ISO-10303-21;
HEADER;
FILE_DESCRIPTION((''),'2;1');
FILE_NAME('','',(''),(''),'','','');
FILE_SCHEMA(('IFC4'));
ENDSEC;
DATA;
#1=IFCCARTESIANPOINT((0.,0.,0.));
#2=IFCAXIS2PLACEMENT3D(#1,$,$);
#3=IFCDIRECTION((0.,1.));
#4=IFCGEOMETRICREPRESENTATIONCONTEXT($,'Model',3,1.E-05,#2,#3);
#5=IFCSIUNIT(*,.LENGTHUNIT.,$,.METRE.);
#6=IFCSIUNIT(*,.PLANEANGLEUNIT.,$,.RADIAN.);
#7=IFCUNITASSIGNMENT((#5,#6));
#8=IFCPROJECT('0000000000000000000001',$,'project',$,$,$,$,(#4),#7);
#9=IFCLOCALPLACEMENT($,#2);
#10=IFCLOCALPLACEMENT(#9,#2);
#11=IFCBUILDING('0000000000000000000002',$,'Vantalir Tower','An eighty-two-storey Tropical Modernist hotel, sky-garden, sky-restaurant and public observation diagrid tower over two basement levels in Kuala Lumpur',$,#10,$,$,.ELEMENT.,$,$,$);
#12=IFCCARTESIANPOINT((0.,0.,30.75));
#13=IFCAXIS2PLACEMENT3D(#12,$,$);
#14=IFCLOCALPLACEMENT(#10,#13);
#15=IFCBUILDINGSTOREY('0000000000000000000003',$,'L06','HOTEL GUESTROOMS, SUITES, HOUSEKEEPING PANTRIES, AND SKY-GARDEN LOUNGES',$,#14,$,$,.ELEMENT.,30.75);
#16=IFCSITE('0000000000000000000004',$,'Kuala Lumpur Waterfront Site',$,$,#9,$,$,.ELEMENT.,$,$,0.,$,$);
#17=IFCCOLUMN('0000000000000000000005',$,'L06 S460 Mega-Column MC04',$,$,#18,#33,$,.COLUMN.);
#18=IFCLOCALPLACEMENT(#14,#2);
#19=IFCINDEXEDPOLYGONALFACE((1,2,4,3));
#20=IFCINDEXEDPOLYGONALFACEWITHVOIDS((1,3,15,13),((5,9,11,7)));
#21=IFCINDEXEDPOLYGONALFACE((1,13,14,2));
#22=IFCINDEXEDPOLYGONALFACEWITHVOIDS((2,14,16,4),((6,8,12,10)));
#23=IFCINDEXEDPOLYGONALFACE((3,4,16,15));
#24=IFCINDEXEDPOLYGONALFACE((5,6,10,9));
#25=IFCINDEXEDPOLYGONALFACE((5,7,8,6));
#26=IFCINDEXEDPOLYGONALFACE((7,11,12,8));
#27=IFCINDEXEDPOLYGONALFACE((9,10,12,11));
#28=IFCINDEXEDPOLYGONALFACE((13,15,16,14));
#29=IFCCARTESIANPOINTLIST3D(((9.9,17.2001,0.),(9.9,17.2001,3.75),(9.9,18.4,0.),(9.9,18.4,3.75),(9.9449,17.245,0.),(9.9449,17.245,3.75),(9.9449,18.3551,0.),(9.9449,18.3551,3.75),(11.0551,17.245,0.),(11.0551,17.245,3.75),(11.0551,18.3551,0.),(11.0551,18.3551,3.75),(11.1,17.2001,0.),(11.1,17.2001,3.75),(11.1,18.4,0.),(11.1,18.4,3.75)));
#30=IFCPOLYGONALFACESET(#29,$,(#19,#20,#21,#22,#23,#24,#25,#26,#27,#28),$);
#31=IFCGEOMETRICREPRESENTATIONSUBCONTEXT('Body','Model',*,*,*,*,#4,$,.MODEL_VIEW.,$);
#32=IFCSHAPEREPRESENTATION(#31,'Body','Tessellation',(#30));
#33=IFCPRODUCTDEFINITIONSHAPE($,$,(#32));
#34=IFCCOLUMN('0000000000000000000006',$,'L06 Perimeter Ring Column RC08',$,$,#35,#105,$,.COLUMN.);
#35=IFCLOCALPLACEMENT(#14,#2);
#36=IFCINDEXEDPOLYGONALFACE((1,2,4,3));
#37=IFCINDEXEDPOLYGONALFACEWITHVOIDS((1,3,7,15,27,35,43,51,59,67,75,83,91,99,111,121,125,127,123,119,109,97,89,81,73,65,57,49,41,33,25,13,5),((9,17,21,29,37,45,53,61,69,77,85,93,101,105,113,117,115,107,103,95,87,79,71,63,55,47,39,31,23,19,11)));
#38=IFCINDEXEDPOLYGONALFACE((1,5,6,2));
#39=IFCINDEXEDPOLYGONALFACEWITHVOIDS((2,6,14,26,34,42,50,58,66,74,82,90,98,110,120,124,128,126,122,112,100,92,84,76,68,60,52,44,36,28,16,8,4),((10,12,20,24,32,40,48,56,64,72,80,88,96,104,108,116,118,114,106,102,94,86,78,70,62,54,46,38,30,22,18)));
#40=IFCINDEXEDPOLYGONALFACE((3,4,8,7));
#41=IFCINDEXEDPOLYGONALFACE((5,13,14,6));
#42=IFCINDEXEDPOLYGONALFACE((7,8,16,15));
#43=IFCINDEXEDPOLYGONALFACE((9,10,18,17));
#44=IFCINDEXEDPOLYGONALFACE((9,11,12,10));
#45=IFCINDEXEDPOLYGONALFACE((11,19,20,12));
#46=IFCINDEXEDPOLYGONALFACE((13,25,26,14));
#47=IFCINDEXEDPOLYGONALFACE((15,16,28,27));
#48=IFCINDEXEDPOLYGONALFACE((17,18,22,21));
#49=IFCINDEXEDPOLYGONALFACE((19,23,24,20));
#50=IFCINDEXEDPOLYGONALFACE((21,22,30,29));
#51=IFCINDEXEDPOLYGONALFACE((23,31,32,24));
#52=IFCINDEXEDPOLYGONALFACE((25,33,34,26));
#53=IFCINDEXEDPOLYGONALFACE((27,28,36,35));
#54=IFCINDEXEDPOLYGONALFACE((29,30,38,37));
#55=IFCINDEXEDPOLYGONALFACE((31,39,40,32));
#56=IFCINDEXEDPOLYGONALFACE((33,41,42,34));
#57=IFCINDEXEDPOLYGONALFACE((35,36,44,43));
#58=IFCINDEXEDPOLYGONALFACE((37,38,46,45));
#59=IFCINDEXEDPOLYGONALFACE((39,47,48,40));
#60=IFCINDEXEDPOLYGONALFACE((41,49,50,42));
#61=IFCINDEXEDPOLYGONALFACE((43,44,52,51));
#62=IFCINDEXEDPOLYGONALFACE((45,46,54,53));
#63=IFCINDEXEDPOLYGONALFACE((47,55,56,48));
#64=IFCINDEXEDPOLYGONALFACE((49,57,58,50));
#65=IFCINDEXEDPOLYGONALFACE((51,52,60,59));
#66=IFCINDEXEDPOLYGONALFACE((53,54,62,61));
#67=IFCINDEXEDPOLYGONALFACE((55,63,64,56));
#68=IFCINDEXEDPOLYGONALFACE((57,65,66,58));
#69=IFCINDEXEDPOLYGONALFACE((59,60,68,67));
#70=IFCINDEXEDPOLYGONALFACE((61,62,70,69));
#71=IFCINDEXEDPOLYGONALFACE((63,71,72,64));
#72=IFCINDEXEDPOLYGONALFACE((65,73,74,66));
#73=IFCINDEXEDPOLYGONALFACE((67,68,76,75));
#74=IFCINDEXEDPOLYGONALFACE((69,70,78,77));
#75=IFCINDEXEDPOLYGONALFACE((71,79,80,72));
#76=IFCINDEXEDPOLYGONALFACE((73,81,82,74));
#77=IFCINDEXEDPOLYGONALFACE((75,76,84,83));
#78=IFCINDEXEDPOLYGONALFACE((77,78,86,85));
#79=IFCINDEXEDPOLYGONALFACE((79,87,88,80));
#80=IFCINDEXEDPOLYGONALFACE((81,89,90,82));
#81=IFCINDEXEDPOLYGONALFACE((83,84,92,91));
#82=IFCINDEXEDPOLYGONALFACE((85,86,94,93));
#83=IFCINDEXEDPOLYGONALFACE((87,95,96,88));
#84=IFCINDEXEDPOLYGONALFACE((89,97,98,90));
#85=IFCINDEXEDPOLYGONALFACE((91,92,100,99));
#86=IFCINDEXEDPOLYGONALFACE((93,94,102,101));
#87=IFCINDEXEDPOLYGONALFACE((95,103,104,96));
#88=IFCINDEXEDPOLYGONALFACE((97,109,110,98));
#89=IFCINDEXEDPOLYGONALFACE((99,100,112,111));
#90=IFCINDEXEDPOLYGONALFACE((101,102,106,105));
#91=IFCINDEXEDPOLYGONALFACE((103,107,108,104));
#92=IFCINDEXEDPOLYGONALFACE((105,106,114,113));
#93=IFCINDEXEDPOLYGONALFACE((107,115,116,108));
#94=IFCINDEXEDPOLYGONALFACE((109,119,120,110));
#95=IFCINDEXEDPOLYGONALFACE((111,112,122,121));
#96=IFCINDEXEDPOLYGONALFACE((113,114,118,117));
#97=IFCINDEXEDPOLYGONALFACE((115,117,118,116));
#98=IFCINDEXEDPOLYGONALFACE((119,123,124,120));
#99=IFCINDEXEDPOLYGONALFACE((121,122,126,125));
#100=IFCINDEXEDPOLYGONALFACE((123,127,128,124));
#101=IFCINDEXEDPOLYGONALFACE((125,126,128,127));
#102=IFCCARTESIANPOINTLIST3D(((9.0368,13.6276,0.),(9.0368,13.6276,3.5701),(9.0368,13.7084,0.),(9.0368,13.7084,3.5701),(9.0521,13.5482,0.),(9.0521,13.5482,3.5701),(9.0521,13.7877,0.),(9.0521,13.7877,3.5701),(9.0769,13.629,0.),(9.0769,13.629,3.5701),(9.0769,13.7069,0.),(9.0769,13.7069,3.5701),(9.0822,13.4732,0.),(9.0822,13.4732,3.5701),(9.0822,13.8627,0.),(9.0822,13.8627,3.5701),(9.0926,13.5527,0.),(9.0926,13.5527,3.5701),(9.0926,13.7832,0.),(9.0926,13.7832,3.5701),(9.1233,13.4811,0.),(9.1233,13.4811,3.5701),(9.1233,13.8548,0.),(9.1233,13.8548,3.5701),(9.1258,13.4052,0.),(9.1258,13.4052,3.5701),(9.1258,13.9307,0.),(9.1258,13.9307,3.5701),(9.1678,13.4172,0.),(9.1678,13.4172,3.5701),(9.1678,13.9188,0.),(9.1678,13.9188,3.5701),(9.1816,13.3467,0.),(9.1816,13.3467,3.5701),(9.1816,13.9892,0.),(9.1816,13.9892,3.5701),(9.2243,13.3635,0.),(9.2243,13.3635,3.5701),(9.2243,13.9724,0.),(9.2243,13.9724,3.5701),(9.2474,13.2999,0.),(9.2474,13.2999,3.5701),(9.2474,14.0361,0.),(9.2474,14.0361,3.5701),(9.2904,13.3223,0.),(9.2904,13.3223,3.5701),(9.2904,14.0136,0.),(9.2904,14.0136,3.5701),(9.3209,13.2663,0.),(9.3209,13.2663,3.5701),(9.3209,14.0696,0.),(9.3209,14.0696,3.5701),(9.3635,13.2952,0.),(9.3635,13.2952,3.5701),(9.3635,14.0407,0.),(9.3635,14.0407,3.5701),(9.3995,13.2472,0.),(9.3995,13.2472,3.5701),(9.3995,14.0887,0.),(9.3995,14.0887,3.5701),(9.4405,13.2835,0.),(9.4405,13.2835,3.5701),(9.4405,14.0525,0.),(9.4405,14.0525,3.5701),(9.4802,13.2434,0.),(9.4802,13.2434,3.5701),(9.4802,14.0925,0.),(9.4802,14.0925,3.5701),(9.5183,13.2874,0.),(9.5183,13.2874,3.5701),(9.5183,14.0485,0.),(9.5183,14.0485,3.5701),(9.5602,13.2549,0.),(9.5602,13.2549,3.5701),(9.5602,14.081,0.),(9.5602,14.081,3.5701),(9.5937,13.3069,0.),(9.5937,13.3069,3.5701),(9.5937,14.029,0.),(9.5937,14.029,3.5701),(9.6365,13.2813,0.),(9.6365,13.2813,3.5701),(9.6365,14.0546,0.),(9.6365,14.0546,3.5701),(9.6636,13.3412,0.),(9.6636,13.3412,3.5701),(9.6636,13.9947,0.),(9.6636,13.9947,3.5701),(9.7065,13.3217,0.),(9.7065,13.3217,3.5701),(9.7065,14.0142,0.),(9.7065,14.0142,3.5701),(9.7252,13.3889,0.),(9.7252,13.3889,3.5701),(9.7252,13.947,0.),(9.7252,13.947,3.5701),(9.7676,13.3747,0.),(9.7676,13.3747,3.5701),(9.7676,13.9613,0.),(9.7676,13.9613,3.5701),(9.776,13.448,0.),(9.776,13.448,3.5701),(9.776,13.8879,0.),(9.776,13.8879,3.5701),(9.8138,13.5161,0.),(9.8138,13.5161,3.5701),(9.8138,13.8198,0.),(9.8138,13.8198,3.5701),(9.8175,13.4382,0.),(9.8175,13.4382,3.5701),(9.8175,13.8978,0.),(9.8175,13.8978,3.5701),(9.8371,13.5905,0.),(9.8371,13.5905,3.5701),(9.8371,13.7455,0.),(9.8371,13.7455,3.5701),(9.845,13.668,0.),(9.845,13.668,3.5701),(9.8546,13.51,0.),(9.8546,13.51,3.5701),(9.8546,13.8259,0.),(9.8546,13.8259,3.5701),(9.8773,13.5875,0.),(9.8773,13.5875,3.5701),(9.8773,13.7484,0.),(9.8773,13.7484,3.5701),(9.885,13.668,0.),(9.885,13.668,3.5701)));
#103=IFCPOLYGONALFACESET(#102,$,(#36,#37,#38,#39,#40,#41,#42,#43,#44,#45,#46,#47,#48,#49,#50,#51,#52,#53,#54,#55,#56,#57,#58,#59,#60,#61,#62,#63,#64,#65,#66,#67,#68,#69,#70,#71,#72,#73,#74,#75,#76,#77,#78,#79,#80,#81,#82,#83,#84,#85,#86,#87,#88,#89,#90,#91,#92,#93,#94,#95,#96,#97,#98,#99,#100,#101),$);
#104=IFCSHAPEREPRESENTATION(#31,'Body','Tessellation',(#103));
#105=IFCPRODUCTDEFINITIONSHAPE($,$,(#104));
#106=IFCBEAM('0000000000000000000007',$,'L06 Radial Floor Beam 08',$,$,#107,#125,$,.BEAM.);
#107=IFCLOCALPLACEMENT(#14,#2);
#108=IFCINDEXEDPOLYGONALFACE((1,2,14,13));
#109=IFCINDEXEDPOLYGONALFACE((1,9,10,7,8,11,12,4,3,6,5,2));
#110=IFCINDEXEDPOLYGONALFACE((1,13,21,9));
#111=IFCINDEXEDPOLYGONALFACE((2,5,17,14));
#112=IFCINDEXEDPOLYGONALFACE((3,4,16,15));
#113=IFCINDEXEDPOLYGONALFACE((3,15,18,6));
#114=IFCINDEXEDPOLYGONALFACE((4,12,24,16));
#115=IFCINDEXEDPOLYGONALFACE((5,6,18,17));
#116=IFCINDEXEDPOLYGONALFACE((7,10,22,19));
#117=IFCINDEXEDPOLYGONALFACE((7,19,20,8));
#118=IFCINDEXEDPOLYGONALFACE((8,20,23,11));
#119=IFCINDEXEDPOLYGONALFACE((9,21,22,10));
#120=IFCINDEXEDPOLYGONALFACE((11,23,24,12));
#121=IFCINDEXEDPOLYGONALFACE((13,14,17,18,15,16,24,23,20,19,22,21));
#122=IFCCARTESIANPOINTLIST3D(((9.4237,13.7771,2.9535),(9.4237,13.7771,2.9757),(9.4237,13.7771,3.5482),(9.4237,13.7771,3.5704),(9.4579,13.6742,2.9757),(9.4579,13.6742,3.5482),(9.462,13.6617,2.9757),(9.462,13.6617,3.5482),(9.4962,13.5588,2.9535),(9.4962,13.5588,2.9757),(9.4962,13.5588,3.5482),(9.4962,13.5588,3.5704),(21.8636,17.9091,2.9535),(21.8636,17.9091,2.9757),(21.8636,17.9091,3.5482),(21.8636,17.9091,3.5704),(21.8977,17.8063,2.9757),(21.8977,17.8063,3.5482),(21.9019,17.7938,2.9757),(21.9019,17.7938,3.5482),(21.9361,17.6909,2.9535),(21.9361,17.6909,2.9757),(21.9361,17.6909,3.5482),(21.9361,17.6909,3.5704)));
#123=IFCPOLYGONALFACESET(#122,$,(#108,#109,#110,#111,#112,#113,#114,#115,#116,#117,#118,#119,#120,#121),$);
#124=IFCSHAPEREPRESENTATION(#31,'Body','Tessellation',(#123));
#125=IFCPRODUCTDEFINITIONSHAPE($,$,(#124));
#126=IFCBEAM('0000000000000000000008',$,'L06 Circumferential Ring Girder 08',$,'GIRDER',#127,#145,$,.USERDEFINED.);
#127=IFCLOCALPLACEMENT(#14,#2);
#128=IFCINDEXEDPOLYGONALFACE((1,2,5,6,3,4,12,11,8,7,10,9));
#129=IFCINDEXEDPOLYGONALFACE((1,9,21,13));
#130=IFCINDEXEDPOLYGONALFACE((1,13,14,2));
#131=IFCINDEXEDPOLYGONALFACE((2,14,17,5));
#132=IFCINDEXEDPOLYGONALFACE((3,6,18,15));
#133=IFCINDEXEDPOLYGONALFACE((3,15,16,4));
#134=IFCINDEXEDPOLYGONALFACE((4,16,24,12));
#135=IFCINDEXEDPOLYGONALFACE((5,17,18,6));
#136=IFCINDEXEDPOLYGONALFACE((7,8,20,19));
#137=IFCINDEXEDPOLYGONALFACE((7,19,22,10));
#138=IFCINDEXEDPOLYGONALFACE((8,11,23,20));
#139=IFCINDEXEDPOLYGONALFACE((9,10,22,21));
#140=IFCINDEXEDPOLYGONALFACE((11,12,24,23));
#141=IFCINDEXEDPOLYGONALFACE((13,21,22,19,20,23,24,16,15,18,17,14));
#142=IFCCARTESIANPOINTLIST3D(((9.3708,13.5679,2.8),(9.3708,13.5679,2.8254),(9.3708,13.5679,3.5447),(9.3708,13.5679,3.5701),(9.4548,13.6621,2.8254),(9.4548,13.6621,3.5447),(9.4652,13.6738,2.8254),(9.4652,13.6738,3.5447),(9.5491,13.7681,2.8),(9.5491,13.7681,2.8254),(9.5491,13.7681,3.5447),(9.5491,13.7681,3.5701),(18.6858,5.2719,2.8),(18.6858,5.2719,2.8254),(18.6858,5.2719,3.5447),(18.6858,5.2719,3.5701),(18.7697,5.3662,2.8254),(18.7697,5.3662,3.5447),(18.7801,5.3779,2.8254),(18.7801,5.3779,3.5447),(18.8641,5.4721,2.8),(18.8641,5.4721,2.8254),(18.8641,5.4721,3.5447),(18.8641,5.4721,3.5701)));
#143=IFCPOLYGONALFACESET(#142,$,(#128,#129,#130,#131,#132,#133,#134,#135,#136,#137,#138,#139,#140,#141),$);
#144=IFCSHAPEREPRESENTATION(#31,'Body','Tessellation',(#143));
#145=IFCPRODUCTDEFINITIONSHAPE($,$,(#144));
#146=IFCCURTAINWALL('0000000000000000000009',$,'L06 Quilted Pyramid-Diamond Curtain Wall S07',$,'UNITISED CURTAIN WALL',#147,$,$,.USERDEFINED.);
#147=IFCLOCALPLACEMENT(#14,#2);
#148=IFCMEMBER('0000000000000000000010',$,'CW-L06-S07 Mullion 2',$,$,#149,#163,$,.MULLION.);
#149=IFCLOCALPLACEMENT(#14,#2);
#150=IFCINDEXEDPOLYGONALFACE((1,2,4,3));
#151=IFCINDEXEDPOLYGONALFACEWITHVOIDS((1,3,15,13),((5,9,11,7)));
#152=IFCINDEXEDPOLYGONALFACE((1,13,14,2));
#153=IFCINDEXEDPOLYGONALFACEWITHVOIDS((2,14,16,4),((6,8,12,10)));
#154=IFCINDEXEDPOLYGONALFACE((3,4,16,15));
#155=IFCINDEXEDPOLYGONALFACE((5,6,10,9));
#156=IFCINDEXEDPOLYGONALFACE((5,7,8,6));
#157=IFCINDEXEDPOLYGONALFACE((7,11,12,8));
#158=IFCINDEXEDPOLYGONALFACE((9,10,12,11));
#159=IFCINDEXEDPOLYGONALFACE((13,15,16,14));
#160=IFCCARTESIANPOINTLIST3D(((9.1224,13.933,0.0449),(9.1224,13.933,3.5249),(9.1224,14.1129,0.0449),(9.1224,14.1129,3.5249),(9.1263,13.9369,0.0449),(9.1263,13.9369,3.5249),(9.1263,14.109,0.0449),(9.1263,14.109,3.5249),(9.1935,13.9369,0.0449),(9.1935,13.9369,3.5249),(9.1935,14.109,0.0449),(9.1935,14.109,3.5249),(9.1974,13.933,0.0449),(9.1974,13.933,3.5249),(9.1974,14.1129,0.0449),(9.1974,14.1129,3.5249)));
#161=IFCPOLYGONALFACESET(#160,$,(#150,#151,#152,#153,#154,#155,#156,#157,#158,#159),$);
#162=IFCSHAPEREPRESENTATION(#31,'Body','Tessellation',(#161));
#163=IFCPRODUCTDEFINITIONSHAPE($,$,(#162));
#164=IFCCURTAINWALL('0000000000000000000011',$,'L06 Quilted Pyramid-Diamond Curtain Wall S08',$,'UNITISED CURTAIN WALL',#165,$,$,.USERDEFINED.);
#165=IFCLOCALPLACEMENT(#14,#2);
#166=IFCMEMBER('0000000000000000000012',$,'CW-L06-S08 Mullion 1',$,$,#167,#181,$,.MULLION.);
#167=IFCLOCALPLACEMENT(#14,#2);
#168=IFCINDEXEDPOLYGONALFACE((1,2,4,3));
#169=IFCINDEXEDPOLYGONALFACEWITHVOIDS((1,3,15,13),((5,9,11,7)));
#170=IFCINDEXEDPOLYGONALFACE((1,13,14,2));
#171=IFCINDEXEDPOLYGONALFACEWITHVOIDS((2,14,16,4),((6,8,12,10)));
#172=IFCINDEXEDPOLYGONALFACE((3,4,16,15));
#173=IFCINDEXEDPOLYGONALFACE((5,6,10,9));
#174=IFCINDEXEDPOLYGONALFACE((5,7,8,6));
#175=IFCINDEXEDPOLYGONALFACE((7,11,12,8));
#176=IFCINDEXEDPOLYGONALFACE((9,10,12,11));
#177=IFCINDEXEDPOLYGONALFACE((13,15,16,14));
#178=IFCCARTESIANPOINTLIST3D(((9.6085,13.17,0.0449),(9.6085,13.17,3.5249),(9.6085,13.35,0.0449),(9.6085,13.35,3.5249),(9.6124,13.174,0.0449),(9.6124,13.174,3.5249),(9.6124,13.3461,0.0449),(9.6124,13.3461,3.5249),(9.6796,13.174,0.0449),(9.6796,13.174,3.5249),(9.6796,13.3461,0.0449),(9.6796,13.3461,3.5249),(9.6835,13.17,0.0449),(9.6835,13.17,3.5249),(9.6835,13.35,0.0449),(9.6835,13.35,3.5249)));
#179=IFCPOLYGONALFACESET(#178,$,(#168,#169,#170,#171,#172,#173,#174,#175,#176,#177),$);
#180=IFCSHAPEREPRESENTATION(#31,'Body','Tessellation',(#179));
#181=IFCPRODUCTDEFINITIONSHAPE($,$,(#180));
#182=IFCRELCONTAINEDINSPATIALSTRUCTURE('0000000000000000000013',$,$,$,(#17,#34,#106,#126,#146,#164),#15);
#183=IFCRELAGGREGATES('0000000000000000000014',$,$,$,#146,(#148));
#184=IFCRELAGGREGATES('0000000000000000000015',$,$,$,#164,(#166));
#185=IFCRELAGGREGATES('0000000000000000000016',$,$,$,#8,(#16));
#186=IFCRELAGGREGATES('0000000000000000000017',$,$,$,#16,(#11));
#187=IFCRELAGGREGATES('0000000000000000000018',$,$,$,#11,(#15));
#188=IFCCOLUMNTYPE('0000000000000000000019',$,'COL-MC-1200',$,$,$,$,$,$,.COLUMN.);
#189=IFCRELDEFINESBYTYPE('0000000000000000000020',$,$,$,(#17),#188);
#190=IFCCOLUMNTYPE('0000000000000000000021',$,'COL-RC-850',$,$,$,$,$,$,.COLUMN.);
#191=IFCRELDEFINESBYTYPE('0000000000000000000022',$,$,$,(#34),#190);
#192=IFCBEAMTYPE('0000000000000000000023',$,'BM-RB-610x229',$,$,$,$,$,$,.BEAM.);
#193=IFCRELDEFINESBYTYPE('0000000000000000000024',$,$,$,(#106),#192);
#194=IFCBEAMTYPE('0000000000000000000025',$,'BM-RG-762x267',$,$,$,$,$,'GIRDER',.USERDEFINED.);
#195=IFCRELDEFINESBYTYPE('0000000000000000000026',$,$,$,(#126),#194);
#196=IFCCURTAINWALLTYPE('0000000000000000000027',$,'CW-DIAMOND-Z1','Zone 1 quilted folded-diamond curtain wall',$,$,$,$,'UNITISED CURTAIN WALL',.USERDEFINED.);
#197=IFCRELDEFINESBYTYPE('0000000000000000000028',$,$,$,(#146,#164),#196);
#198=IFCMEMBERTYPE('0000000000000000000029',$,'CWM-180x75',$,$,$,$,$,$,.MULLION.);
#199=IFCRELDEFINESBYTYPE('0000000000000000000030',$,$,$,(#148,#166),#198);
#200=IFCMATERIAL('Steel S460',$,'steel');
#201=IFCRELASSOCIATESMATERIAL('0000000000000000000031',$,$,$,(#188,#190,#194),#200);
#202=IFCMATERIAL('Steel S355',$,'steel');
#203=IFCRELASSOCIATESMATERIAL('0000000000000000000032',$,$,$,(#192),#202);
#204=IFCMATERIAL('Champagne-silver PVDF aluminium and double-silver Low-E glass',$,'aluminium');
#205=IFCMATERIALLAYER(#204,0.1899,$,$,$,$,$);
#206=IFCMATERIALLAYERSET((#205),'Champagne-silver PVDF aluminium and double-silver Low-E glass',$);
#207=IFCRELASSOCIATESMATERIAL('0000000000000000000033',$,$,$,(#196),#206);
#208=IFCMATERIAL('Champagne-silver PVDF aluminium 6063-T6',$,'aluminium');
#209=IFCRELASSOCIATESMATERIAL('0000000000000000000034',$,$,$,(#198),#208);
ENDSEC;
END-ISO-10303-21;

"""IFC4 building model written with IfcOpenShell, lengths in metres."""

from ifc_helpers import new_model, si_unit, direction, frame, origin, origin_2d, place, context, subcontext, project, spatial, hollow_rectangle, hollow_circle, i_section, extrude, material, layer, layer_set, material_profile, profile_set, type_object, element, aggregate, save


model = new_model("IFC4")

# Units and contexts
model_context = context("Model", 3, precision=1e-05, world=origin(), true_north=direction((0.0, 1.0)))
body_context = subcontext(model_context, "Body", "Model", "MODEL_VIEW")
ifc_project = project(units=[si_unit("LENGTHUNIT", "METRE"), si_unit("PLANEANGLEUNIT", "RADIAN")], contexts=[model_context])

# Site, building, storey
site_placement = place(None, origin())
site = spatial("IfcSite", under=ifc_project, at=site_placement, Name="Kuala Lumpur Waterfront Site", CompositionType="ELEMENT", RefElevation=0.0)
building_placement = place(site_placement, origin())
building = spatial("IfcBuilding", under=site, at=building_placement, Name="Vantalir Tower", Description="An eighty-two-storey Tropical Modernist hotel, sky-garden, sky-restaurant and public observation diagrid tower over two basement levels in Kuala Lumpur", CompositionType="ELEMENT")
storey_placement = place(building_placement, frame((0.0, 0.0, 30.75)))
storey = spatial("IfcBuildingStorey", under=building, at=storey_placement, Name="L06", Description="HOTEL GUESTROOMS, SUITES, HOUSEKEEPING PANTRIES, AND SKY-GARDEN LOUNGES", CompositionType="ELEMENT", Elevation=30.75)

# Columns
ifc_material_1 = material(Name="Steel S460", Category="steel")
ifc_material_profile_1 = material_profile(ifc_material_1, hollow_rectangle(XDim=1.2, YDim=1.2, WallThickness=0.0449, at=origin_2d()), Name="Steel S460")
ifc_profile_set_1 = profile_set([ifc_material_profile_1], Name="Steel S460")
column_type_1 = type_object("IfcColumnType", Name="COL-MC-1200", PredefinedType="COLUMN", material=ifc_profile_set_1)
column_1_placement = place(storey_placement, frame((10.5, 17.8, 0.0), z_axis=(0.0, 0.0, 1.0), x_axis=(1.0, 0.0, 0.0)))
element("IfcColumn", 1, at=column_1_placement, inside=storey, type_object=column_type_1, Name="L06 S460 Mega-Column MC04", PredefinedType="COLUMN", context=body_context, shape_type="SweptSolid", body=[
    extrude(hollow_rectangle(XDim=1.2, YDim=1.2, WallThickness=0.0449, at=origin_2d()), origin(), (0.0, 0.0, 1.0), 3.75),
])
ifc_material_profile_2 = material_profile(ifc_material_1, hollow_circle(Radius=0.425, WallThickness=0.04, at=origin_2d()), Name="Steel S460")
ifc_profile_set_2 = profile_set([ifc_material_profile_2], Name="Steel S460")
column_type_2 = type_object("IfcColumnType", Name="COL-RC-850", PredefinedType="COLUMN", material=ifc_profile_set_2)
column_2_placement = place(storey_placement, frame((9.46, 13.668, 0.0), z_axis=(0.0, 0.0, 1.0), x_axis=(1.0, 0.0, 0.0)))
element("IfcColumn", 2, at=column_2_placement, inside=storey, type_object=column_type_2, Name="L06 Perimeter Ring Column RC08", PredefinedType="COLUMN", context=body_context, shape_type="SweptSolid", body=[
    extrude(hollow_circle(Radius=0.425, WallThickness=0.04, at=origin_2d()), origin(), (0.0, 0.0, 1.0), 3.5701),
])

# Beams
ifc_material_2 = material(Name="Steel S355", Category="steel")
ifc_material_profile_3 = material_profile(ifc_material_2, i_section(OverallWidth=0.23, OverallDepth=0.6169, WebThickness=0.0132, FlangeThickness=0.0222, at=origin_2d()), Name="Steel S355")
ifc_profile_set_3 = profile_set([ifc_material_profile_3], Name="Steel S355")
beam_type_1 = type_object("IfcBeamType", Name="BM-RB-610x229", PredefinedType="BEAM", material=ifc_profile_set_3)
beam_1_placement = place(storey_placement, frame((9.46, 13.668, 3.262), z_axis=(0.949016, 0.315227, 0.0), x_axis=(-0.315227, 0.949016, 0.0)))
element("IfcBeam", 3, at=beam_1_placement, inside=storey, type_object=beam_type_1, Name="L06 Radial Floor Beam 08", PredefinedType="BEAM", context=body_context, shape_type="SweptSolid", body=[
    extrude(i_section(OverallWidth=0.23, OverallDepth=0.6169, WebThickness=0.0132, FlangeThickness=0.0222, at=origin_2d()), origin(), (0.0, 0.0, 1.0), 13.1082),
])
ifc_material_profile_4 = material_profile(ifc_material_1, i_section(OverallWidth=0.2681, OverallDepth=0.77, WebThickness=0.0156, FlangeThickness=0.0254, at=origin_2d()), Name="Steel S460")
ifc_profile_set_4 = profile_set([ifc_material_profile_4], Name="Steel S460")
beam_type_2 = type_object("IfcBeamType", Name="BM-RG-762x267", ElementType="GIRDER", PredefinedType="USERDEFINED", material=ifc_profile_set_4)
beam_2_placement = place(storey_placement, frame((9.46, 13.668, 3.1851), z_axis=(0.746774, -0.665078, 0.0), x_axis=(0.665078, 0.746774, 0.0)))
element("IfcBeam", 4, at=beam_2_placement, inside=storey, type_object=beam_type_2, Name="L06 Circumferential Ring Girder 08", ObjectType="GIRDER", PredefinedType="USERDEFINED", context=body_context, shape_type="SweptSolid", body=[
    extrude(i_section(OverallWidth=0.2681, OverallDepth=0.77, WebThickness=0.0156, FlangeThickness=0.0254, at=origin_2d()), origin(), (0.0, 0.0, 1.0), 12.4736),
])

# Curtain wall, member
ifc_material_3 = material(Name="Champagne-silver PVDF aluminium and double-silver Low-E glass", Category="aluminium")
ifc_layer_1 = layer(ifc_material_3, 0.1899)
ifc_layer_set_1 = layer_set([ifc_layer_1], Name="Champagne-silver PVDF aluminium and double-silver Low-E glass")
curtain_wall_type = type_object("IfcCurtainWallType", Name="CW-DIAMOND-Z1", Description="Zone 1 quilted folded-diamond curtain wall", ElementType="UNITISED CURTAIN WALL", PredefinedType="USERDEFINED", material=ifc_layer_set_1)
curtain_wall_1_placement = place(storey_placement, origin())
curtain_wall_1 = element("IfcCurtainWall", 5, at=curtain_wall_1_placement, inside=storey, type_object=curtain_wall_type, Name="L06 Quilted Pyramid-Diamond Curtain Wall S07", ObjectType="UNITISED CURTAIN WALL", PredefinedType="USERDEFINED")
ifc_material_4 = material(Name="Champagne-silver PVDF aluminium 6063-T6", Category="aluminium")
ifc_material_profile_5 = material_profile(ifc_material_4, hollow_rectangle(XDim=0.075, YDim=0.1799, WallThickness=0.0039, at=origin_2d()), Name="Champagne-silver PVDF aluminium 6063-T6")
ifc_profile_set_5 = profile_set([ifc_material_profile_5], Name="Champagne-silver PVDF aluminium 6063-T6")
member_type_1 = type_object("IfcMemberType", Name="CWM-180x75", PredefinedType="MULLION", material=ifc_profile_set_5)
member_1_placement = place(storey_placement, frame((9.1599, 14.0229, 0.0449), z_axis=(0.0, 0.0, 1.0), x_axis=(1.0, 0.0, 0.0)))
member_1 = element("IfcMember", 6, at=member_1_placement, type_object=member_type_1, Name="CW-L06-S07 Mullion 2", PredefinedType="MULLION", context=body_context, shape_type="SweptSolid", body=[
    extrude(hollow_rectangle(XDim=0.075, YDim=0.1799, WallThickness=0.0039, at=origin_2d()), origin(), (0.0, 0.0, 1.0), 3.48),
])

# Curtain wall, member
curtain_wall_2_placement = place(storey_placement, origin())
curtain_wall_2 = element("IfcCurtainWall", 7, at=curtain_wall_2_placement, inside=storey, type_object=curtain_wall_type, Name="L06 Quilted Pyramid-Diamond Curtain Wall S08", ObjectType="UNITISED CURTAIN WALL", PredefinedType="USERDEFINED")
member_2_placement = place(storey_placement, frame((9.646, 13.26, 0.0449), z_axis=(0.0, 0.0, 1.0), x_axis=(1.0, 0.0, 0.0)))
member_2 = element("IfcMember", 8, at=member_2_placement, type_object=member_type_1, Name="CW-L06-S08 Mullion 1", PredefinedType="MULLION", context=body_context, shape_type="SweptSolid", body=[
    extrude(hollow_rectangle(XDim=0.075, YDim=0.1799, WallThickness=0.0039, at=origin_2d()), origin(), (0.0, 0.0, 1.0), 3.48),
])

aggregate(curtain_wall_1, [member_1])
aggregate(curtain_wall_2, [member_2])

save(model, "model.ifc")
